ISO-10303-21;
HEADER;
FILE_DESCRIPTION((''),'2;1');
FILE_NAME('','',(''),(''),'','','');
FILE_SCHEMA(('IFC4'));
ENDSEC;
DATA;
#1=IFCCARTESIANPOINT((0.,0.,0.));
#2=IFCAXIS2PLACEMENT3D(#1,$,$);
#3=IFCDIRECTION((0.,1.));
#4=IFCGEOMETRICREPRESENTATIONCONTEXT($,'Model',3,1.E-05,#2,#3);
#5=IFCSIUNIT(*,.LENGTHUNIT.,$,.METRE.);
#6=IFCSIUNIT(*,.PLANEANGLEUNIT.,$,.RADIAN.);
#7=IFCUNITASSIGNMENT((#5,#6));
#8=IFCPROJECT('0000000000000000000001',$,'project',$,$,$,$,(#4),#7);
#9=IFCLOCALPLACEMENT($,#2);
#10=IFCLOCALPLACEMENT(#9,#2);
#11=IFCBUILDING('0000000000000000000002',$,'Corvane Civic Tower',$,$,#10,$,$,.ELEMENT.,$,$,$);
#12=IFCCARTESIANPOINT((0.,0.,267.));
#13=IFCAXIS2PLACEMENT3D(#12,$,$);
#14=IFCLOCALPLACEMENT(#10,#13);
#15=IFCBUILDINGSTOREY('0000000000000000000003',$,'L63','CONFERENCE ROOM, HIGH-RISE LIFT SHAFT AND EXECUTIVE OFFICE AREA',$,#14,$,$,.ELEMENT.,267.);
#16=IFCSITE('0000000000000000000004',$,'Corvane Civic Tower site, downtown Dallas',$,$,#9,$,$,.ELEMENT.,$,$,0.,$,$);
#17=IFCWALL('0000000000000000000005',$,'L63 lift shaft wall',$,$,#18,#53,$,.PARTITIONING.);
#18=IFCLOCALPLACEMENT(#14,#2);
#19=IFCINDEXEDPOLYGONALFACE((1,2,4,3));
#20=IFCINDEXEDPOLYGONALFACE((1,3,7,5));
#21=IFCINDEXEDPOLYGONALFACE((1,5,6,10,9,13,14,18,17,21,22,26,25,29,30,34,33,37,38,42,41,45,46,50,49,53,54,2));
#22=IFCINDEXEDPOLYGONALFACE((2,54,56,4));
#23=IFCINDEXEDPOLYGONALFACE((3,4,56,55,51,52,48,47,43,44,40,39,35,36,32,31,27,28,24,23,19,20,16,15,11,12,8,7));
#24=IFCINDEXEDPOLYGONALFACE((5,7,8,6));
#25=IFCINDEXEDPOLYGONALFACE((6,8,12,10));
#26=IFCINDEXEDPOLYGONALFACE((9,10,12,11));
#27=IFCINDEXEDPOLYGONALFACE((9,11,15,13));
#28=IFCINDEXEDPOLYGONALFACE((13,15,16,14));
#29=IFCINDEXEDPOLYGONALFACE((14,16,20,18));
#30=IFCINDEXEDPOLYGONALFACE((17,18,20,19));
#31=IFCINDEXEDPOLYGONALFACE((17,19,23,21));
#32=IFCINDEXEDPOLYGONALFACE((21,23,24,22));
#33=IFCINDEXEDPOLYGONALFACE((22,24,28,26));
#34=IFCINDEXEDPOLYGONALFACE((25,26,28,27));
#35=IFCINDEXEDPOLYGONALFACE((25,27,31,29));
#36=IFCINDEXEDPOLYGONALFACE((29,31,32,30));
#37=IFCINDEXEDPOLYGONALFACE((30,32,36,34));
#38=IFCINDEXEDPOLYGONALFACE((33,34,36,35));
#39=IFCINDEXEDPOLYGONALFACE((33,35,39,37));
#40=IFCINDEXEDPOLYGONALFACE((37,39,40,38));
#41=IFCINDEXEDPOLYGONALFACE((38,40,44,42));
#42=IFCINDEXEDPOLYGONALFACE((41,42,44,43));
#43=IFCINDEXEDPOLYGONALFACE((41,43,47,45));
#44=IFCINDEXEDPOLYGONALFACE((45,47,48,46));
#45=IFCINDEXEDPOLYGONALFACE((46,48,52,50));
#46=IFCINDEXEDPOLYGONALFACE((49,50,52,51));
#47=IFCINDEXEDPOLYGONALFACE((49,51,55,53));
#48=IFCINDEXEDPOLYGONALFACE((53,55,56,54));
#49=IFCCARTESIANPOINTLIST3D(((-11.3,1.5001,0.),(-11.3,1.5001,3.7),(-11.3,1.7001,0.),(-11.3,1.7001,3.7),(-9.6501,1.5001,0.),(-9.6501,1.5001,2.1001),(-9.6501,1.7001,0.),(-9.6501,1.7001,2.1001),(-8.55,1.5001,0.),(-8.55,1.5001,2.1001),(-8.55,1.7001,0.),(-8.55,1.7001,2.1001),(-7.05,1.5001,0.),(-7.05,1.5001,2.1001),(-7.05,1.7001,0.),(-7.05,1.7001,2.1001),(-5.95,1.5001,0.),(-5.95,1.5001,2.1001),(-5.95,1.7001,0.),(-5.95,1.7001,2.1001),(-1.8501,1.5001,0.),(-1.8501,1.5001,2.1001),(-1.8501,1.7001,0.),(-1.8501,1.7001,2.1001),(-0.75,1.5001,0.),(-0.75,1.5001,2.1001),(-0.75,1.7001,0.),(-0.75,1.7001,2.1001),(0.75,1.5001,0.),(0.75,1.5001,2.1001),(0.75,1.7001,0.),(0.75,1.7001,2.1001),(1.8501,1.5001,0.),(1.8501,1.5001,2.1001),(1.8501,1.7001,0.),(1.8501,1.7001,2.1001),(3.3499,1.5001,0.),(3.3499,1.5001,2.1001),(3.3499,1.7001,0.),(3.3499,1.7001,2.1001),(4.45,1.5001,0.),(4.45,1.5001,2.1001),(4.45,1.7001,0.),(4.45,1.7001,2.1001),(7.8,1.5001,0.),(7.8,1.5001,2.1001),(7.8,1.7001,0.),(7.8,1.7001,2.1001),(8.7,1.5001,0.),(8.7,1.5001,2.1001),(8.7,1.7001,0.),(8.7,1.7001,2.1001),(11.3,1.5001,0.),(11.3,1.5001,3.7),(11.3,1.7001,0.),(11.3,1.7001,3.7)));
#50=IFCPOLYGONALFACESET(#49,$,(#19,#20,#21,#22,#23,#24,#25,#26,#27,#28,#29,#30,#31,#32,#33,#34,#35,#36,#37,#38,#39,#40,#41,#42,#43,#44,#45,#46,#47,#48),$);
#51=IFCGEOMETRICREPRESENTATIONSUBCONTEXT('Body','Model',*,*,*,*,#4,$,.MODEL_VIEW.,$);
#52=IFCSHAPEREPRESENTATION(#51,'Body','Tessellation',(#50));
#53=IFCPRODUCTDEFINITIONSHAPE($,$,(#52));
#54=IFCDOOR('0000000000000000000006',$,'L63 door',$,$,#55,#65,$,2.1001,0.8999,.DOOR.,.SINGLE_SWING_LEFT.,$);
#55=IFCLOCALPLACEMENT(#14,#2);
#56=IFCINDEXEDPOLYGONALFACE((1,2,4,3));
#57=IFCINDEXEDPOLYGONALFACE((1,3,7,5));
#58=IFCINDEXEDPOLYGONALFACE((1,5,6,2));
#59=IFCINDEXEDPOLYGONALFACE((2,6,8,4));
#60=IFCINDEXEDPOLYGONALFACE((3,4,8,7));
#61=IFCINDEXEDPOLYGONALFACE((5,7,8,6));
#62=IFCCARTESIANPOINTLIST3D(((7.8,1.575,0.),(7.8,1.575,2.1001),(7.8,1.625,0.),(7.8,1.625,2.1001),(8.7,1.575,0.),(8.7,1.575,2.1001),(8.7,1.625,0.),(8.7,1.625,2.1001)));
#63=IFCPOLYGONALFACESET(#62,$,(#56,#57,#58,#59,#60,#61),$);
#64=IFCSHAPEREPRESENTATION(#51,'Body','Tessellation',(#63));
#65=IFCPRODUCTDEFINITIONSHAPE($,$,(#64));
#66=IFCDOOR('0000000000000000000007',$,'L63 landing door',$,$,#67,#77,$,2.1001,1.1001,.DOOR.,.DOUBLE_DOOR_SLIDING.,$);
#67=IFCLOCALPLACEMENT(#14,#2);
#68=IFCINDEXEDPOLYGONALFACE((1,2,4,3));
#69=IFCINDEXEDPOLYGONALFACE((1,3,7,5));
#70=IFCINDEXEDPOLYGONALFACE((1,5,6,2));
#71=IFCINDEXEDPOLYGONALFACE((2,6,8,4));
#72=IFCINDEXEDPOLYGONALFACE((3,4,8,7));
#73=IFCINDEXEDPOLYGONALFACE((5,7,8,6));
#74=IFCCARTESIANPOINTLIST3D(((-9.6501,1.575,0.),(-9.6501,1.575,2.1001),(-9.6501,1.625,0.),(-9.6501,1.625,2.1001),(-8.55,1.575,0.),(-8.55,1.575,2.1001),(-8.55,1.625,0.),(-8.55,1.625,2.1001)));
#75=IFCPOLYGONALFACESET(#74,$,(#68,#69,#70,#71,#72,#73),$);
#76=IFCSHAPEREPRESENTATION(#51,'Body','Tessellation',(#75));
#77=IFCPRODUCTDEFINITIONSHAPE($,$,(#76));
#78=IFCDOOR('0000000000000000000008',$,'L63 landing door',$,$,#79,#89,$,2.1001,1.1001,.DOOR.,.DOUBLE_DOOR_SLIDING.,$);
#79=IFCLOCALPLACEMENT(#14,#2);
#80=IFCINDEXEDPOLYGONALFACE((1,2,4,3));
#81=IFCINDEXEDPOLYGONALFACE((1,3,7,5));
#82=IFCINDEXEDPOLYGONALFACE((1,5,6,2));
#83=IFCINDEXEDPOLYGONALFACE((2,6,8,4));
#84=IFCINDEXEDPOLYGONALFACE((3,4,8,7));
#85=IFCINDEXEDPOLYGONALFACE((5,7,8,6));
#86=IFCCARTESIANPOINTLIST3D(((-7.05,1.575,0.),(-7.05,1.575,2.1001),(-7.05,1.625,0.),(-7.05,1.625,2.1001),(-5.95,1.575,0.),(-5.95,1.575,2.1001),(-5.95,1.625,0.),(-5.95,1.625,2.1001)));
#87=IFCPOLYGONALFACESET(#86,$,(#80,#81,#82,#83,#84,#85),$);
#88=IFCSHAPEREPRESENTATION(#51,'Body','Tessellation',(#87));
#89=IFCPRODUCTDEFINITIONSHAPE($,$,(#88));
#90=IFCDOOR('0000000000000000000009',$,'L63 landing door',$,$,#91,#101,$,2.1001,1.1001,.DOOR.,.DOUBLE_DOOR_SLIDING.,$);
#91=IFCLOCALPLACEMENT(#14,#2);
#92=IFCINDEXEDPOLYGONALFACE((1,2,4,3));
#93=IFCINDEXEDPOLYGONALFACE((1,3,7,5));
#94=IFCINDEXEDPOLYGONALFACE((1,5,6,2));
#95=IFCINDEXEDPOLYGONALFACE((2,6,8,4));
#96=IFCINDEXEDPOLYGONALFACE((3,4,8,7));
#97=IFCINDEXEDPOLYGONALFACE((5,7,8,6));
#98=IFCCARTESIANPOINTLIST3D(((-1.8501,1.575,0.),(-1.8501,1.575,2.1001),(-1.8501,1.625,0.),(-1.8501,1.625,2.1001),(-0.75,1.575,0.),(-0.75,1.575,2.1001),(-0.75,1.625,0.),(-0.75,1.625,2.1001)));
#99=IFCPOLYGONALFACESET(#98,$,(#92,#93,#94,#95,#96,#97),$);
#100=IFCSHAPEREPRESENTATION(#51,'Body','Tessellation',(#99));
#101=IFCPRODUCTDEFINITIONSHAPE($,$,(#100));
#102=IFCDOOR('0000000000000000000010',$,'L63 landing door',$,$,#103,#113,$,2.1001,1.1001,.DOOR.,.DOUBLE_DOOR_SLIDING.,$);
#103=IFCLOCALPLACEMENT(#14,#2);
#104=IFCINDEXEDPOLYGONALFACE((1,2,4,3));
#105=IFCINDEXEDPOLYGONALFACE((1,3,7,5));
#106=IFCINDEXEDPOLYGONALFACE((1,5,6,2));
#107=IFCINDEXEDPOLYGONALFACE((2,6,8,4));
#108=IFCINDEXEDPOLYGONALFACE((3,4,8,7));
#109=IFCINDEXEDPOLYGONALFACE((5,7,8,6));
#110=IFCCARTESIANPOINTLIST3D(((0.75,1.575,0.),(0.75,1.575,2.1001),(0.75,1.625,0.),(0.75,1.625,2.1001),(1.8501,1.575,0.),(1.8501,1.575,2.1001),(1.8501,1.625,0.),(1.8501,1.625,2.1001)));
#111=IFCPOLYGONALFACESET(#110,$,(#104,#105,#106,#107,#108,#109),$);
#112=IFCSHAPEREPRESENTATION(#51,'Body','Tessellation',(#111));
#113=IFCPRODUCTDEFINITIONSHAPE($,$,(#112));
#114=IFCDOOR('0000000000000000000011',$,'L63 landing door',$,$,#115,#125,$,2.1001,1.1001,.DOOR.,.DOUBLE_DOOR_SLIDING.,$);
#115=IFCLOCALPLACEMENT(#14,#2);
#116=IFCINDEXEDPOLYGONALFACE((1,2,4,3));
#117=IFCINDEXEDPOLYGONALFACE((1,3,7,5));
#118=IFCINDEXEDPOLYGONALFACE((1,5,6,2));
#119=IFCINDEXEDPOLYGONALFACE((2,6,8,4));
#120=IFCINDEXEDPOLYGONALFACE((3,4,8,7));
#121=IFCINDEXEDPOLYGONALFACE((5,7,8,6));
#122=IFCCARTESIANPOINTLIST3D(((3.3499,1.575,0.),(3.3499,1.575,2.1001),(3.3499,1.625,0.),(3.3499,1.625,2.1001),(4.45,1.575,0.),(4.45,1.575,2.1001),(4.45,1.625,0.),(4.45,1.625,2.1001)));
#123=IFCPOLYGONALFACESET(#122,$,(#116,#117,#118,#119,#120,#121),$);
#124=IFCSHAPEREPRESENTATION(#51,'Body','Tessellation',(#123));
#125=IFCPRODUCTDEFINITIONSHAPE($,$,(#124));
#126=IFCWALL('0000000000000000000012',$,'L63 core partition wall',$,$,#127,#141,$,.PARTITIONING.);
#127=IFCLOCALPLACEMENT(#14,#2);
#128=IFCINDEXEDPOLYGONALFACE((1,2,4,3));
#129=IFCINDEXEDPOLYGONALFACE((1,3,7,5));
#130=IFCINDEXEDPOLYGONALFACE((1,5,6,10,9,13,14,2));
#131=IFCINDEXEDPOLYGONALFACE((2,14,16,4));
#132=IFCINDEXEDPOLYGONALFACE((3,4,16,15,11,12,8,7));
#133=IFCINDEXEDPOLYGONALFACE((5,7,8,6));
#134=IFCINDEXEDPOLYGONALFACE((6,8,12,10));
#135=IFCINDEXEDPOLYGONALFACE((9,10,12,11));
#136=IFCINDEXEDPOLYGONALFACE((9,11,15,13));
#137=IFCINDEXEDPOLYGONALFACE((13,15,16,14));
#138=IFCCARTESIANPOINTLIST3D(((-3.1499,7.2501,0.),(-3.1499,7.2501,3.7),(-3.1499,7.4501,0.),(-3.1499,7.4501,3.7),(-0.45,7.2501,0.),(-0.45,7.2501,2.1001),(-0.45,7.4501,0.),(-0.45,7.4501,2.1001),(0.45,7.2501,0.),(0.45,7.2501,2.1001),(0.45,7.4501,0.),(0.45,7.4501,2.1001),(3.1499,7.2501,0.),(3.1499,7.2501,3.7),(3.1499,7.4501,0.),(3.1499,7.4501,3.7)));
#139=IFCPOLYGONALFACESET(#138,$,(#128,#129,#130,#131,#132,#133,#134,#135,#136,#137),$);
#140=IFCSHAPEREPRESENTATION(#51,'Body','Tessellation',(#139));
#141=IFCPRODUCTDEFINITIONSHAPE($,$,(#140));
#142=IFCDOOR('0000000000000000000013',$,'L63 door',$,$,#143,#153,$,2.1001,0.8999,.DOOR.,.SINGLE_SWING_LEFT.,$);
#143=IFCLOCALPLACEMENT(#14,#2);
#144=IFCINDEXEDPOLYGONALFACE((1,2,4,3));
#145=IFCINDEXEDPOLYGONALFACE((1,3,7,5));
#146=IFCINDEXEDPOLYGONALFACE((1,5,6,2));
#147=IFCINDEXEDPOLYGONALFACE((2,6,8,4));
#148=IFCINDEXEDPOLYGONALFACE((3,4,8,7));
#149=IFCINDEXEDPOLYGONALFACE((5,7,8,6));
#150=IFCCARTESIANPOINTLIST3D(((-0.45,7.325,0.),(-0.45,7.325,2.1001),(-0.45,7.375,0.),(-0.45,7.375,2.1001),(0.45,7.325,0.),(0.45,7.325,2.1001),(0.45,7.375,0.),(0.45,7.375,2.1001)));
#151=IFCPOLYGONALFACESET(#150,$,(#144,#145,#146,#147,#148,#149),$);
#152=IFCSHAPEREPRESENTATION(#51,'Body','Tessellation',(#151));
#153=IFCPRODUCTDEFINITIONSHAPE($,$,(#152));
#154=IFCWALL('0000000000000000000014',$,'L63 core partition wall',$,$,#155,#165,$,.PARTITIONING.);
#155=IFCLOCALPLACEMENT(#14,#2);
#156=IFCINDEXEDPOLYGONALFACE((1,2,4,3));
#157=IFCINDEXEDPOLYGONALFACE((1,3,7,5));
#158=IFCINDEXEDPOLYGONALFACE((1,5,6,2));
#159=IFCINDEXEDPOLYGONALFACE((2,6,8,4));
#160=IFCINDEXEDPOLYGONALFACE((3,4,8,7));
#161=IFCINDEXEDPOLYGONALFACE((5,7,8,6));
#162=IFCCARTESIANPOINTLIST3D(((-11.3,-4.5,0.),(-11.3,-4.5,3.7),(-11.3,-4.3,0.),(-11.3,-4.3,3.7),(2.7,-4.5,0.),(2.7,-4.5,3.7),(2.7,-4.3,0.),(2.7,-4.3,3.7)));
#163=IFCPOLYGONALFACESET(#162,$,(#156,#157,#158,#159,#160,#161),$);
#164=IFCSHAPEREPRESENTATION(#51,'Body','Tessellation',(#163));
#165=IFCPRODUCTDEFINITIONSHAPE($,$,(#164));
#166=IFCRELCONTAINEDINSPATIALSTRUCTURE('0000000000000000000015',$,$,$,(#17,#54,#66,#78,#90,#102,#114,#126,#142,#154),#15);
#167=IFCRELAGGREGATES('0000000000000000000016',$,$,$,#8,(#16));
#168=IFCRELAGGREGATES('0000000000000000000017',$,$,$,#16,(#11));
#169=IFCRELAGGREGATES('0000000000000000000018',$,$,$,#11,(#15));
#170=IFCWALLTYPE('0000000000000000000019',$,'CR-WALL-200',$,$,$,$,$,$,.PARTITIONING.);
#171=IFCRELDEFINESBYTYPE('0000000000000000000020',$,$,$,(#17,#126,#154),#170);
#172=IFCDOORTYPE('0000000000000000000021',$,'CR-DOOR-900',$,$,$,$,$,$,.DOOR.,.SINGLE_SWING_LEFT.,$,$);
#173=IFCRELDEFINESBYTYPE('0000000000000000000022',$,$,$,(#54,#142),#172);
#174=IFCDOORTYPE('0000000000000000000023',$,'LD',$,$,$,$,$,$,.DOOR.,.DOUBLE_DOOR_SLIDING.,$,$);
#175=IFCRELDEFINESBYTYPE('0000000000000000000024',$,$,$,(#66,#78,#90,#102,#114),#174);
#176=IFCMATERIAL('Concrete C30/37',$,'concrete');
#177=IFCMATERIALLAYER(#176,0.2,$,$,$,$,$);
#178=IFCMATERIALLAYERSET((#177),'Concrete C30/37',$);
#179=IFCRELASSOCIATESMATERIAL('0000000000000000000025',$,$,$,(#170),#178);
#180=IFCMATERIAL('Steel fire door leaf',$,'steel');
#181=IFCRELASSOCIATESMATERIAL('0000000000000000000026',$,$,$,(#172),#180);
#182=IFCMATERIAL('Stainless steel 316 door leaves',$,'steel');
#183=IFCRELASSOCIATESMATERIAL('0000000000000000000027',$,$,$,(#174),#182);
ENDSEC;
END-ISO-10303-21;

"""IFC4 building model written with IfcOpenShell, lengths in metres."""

from ifc_helpers import new_model, si_unit, direction, frame, frame_2d, origin, place, context, subcontext, project, spatial, polyline, rectangle, outline, extrude, material, layer, layer_set, type_object, element, fill, save


model = new_model("IFC4")

# Units and contexts
model_context = context("Model", 3, precision=1e-05, world=origin(), true_north=direction((0.0, 1.0)))
body_context = subcontext(model_context, "Body", "Model", "MODEL_VIEW")
ifc_project = project(units=[si_unit("LENGTHUNIT", "METRE"), si_unit("PLANEANGLEUNIT", "RADIAN")], contexts=[model_context])

# Site, building, storey
site_placement = place(None, origin())
site = spatial("IfcSite", under=ifc_project, at=site_placement, Name="Corvane Civic Tower site, downtown Dallas", CompositionType="ELEMENT", RefElevation=0.0)
building_placement = place(site_placement, origin())
building = spatial("IfcBuilding", under=site, at=building_placement, Name="Corvane Civic Tower", CompositionType="ELEMENT")
storey_placement = place(building_placement, frame((0.0, 0.0, 267.0)))
storey = spatial("IfcBuildingStorey", under=building, at=storey_placement, Name="L63", Description="CONFERENCE ROOM, HIGH-RISE LIFT SHAFT AND EXECUTIVE OFFICE AREA", CompositionType="ELEMENT", Elevation=267.0)

# Wall, openings, doors
ifc_material_1 = material(Name="Concrete C30/37", Category="concrete")
ifc_layer_1 = layer(ifc_material_1, 0.2)
ifc_layer_set_1 = layer_set([ifc_layer_1], Name="Concrete C30/37")
wall_type_1 = type_object("IfcWallType", Name="CR-WALL-200", PredefinedType="PARTITIONING", material=ifc_layer_set_1)
wall_1_placement = place(storey_placement, frame((-11.3, 1.6001, 0.0), z_axis=(0.0, 0.0, 1.0), x_axis=(1.0, 0.0, 0.0)))
wall_1 = element("IfcWall", 1, at=wall_1_placement, inside=storey, type_object=wall_type_1, Name="L63 lift shaft wall", PredefinedType="PARTITIONING", context=body_context, shape_type="SweptSolid", body=[
    extrude(rectangle(XDim=22.6001, YDim=0.2, at=frame_2d((11.3, 0.0))), origin(), (0.0, 0.0, 1.0), 3.7),
])
opening_1_placement = place(wall_1_placement, frame((1.6499, 0.0, 0.0)))
opening_1 = element("IfcOpeningElement", 2, at=opening_1_placement, cuts=wall_1, PredefinedType="OPENING", context=body_context, shape_type="SweptSolid", body=[
    extrude(rectangle(XDim=1.1001, YDim=2.1001, at=frame_2d((0.55, 1.05))), frame((0.0, 0.1099, 0.0), z_axis=(0.0, -1.0, 0.0), x_axis=(1.0, 0.0, 0.0)), (0.0, 0.0, 1.0), 0.22),
])
opening_2_placement = place(wall_1_placement, frame((4.25, 0.0, 0.0)))
opening_2 = element("IfcOpeningElement", 3, at=opening_2_placement, cuts=wall_1, PredefinedType="OPENING", context=body_context, shape_type="SweptSolid", body=[
    extrude(rectangle(XDim=1.1001, YDim=2.1001, at=frame_2d((0.55, 1.05))), frame((0.0, 0.1099, 0.0), z_axis=(0.0, -1.0, 0.0), x_axis=(1.0, 0.0, 0.0)), (0.0, 0.0, 1.0), 0.22),
])
opening_3_placement = place(wall_1_placement, frame((9.45, 0.0, 0.0)))
opening_3 = element("IfcOpeningElement", 4, at=opening_3_placement, cuts=wall_1, PredefinedType="OPENING", context=body_context, shape_type="SweptSolid", body=[
    extrude(rectangle(XDim=1.1001, YDim=2.1001, at=frame_2d((0.55, 1.05))), frame((0.0, 0.1099, 0.0), z_axis=(0.0, -1.0, 0.0), x_axis=(1.0, 0.0, 0.0)), (0.0, 0.0, 1.0), 0.22),
])
opening_4_placement = place(wall_1_placement, frame((12.05, 0.0, 0.0)))
opening_4 = element("IfcOpeningElement", 5, at=opening_4_placement, cuts=wall_1, PredefinedType="OPENING", context=body_context, shape_type="SweptSolid", body=[
    extrude(rectangle(XDim=1.1001, YDim=2.1001, at=frame_2d((0.55, 1.05))), frame((0.0, 0.1099, 0.0), z_axis=(0.0, -1.0, 0.0), x_axis=(1.0, 0.0, 0.0)), (0.0, 0.0, 1.0), 0.22),
])
opening_5_placement = place(wall_1_placement, frame((14.6499, 0.0, 0.0)))
opening_5 = element("IfcOpeningElement", 6, at=opening_5_placement, cuts=wall_1, PredefinedType="OPENING", context=body_context, shape_type="SweptSolid", body=[
    extrude(rectangle(XDim=1.1001, YDim=2.1001, at=frame_2d((0.55, 1.05))), frame((0.0, 0.1099, 0.0), z_axis=(0.0, -1.0, 0.0), x_axis=(1.0, 0.0, 0.0)), (0.0, 0.0, 1.0), 0.22),
])
opening_6_placement = place(wall_1_placement, frame((19.1001, 0.0, 0.0)))
opening_6 = element("IfcOpeningElement", 7, at=opening_6_placement, cuts=wall_1, PredefinedType="OPENING", context=body_context, shape_type="SweptSolid", body=[
    extrude(rectangle(XDim=0.8999, YDim=2.1001, at=frame_2d((0.45, 1.05))), frame((0.0, 0.1099, 0.0), z_axis=(0.0, -1.0, 0.0), x_axis=(1.0, 0.0, 0.0)), (0.0, 0.0, 1.0), 0.22),
])
ifc_material_2 = material(Name="Steel fire door leaf", Category="steel")
door_type_1 = type_object("IfcDoorType", Name="CR-DOOR-900", OperationType="SINGLE_SWING_LEFT", PredefinedType="DOOR", material=ifc_material_2)
door_1_placement = place(opening_6_placement, origin())
door_1 = element("IfcDoor", 8, at=door_1_placement, inside=storey, type_object=door_type_1, Name="L63 door", OperationType="SINGLE_SWING_LEFT", OverallHeight=2.1001, OverallWidth=0.8999, PredefinedType="DOOR", context=body_context, shape_type="SweptSolid", body=[
    extrude(rectangle(XDim=0.8999, YDim=2.1001, at=frame_2d((0.45, 1.05))), frame((0.0, 0.0249, 0.0), z_axis=(0.0, -1.0, 0.0), x_axis=(1.0, 0.0, 0.0)), (0.0, 0.0, 1.0), 0.05),
])
fill(opening_6, door_1)
ifc_material_3 = material(Name="Stainless steel 316 door leaves", Category="steel")
door_type_2 = type_object("IfcDoorType", Name="LD", OperationType="DOUBLE_DOOR_SLIDING", PredefinedType="DOOR", material=ifc_material_3)
door_2_placement = place(opening_1_placement, origin())
door_2 = element("IfcDoor", 9, at=door_2_placement, inside=storey, type_object=door_type_2, Name="L63 landing door", OperationType="DOUBLE_DOOR_SLIDING", OverallHeight=2.1001, OverallWidth=1.1001, PredefinedType="DOOR", context=body_context, shape_type="SweptSolid", body=[
    extrude(rectangle(XDim=1.1001, YDim=2.1001, at=frame_2d((0.55, 1.05))), frame((0.0, 0.0249, 0.0), z_axis=(0.0, -1.0, 0.0), x_axis=(1.0, 0.0, 0.0)), (0.0, 0.0, 1.0), 0.05),
])
fill(opening_1, door_2)
door_3_placement = place(opening_2_placement, origin())
door_3 = element("IfcDoor", 10, at=door_3_placement, inside=storey, type_object=door_type_2, Name="L63 landing door", OperationType="DOUBLE_DOOR_SLIDING", OverallHeight=2.1001, OverallWidth=1.1001, PredefinedType="DOOR", context=body_context, shape_type="SweptSolid", body=[
    extrude(rectangle(XDim=1.1001, YDim=2.1001, at=frame_2d((0.55, 1.05))), frame((0.0, 0.0249, 0.0), z_axis=(0.0, -1.0, 0.0), x_axis=(1.0, 0.0, 0.0)), (0.0, 0.0, 1.0), 0.05),
])
fill(opening_2, door_3)
door_4_placement = place(opening_3_placement, origin())
door_4 = element("IfcDoor", 11, at=door_4_placement, inside=storey, type_object=door_type_2, Name="L63 landing door", OperationType="DOUBLE_DOOR_SLIDING", OverallHeight=2.1001, OverallWidth=1.1001, PredefinedType="DOOR", context=body_context, shape_type="SweptSolid", body=[
    extrude(rectangle(XDim=1.1001, YDim=2.1001, at=frame_2d((0.55, 1.05))), frame((0.0, 0.0249, 0.0), z_axis=(0.0, -1.0, 0.0), x_axis=(1.0, 0.0, 0.0)), (0.0, 0.0, 1.0), 0.05),
])
fill(opening_3, door_4)
door_5_placement = place(opening_4_placement, origin())
door_5 = element("IfcDoor", 12, at=door_5_placement, inside=storey, type_object=door_type_2, Name="L63 landing door", OperationType="DOUBLE_DOOR_SLIDING", OverallHeight=2.1001, OverallWidth=1.1001, PredefinedType="DOOR", context=body_context, shape_type="SweptSolid", body=[
    extrude(rectangle(XDim=1.1001, YDim=2.1001, at=frame_2d((0.55, 1.05))), frame((0.0, 0.0249, 0.0), z_axis=(0.0, -1.0, 0.0), x_axis=(1.0, 0.0, 0.0)), (0.0, 0.0, 1.0), 0.05),
])
fill(opening_4, door_5)
door_6_placement = place(opening_5_placement, origin())
door_6 = element("IfcDoor", 13, at=door_6_placement, inside=storey, type_object=door_type_2, Name="L63 landing door", OperationType="DOUBLE_DOOR_SLIDING", OverallHeight=2.1001, OverallWidth=1.1001, PredefinedType="DOOR", context=body_context, shape_type="SweptSolid", body=[
    extrude(rectangle(XDim=1.1001, YDim=2.1001, at=frame_2d((0.55, 1.05))), frame((0.0, 0.0249, 0.0), z_axis=(0.0, -1.0, 0.0), x_axis=(1.0, 0.0, 0.0)), (0.0, 0.0, 1.0), 0.05),
])
fill(opening_5, door_6)

# Wall, opening, door
wall_2_placement = place(storey_placement, frame((-3.1499, 7.3501, 0.0), z_axis=(0.0, 0.0, 1.0), x_axis=(1.0, 0.0, 0.0)))
wall_2 = element("IfcWall", 14, at=wall_2_placement, inside=storey, type_object=wall_type_1, Name="L63 core partition wall", PredefinedType="PARTITIONING", context=body_context, shape_type="SweptSolid", body=[
    extrude(rectangle(XDim=6.2998, YDim=0.2, at=frame_2d((3.1499, 0.0))), origin(), (0.0, 0.0, 1.0), 3.7),
])
opening_7_placement = place(wall_2_placement, frame((2.7, 0.0, 0.0)))
opening_7 = element("IfcOpeningElement", 15, at=opening_7_placement, cuts=wall_2, PredefinedType="OPENING", context=body_context, shape_type="SweptSolid", body=[
    extrude(rectangle(XDim=0.8999, YDim=2.1001, at=frame_2d((0.45, 1.05))), frame((0.0, 0.1099, 0.0), z_axis=(0.0, -1.0, 0.0), x_axis=(1.0, 0.0, 0.0)), (0.0, 0.0, 1.0), 0.22),
])
door_7_placement = place(opening_7_placement, origin())
door_7 = element("IfcDoor", 16, at=door_7_placement, inside=storey, type_object=door_type_1, Name="L63 door", OperationType="SINGLE_SWING_LEFT", OverallHeight=2.1001, OverallWidth=0.8999, PredefinedType="DOOR", context=body_context, shape_type="SweptSolid", body=[
    extrude(rectangle(XDim=0.8999, YDim=2.1001, at=frame_2d((0.45, 1.05))), frame((0.0, 0.0249, 0.0), z_axis=(0.0, -1.0, 0.0), x_axis=(1.0, 0.0, 0.0)), (0.0, 0.0, 1.0), 0.05),
])
fill(opening_7, door_7)

# Wall
wall_3_placement = place(storey_placement, origin())
element("IfcWall", 17, at=wall_3_placement, inside=storey, type_object=wall_type_1, Name="L63 core partition wall", PredefinedType="PARTITIONING", context=body_context, shape_type="SweptSolid", body=[
    extrude(outline(polyline([(2.7, -4.3), (2.7, -4.5), (-11.3, -4.5), (-11.3, -4.3), (2.7, -4.3)])), origin(), (0.0, 0.0, 1.0), 3.7),
])

save(model, "model.ifc")
